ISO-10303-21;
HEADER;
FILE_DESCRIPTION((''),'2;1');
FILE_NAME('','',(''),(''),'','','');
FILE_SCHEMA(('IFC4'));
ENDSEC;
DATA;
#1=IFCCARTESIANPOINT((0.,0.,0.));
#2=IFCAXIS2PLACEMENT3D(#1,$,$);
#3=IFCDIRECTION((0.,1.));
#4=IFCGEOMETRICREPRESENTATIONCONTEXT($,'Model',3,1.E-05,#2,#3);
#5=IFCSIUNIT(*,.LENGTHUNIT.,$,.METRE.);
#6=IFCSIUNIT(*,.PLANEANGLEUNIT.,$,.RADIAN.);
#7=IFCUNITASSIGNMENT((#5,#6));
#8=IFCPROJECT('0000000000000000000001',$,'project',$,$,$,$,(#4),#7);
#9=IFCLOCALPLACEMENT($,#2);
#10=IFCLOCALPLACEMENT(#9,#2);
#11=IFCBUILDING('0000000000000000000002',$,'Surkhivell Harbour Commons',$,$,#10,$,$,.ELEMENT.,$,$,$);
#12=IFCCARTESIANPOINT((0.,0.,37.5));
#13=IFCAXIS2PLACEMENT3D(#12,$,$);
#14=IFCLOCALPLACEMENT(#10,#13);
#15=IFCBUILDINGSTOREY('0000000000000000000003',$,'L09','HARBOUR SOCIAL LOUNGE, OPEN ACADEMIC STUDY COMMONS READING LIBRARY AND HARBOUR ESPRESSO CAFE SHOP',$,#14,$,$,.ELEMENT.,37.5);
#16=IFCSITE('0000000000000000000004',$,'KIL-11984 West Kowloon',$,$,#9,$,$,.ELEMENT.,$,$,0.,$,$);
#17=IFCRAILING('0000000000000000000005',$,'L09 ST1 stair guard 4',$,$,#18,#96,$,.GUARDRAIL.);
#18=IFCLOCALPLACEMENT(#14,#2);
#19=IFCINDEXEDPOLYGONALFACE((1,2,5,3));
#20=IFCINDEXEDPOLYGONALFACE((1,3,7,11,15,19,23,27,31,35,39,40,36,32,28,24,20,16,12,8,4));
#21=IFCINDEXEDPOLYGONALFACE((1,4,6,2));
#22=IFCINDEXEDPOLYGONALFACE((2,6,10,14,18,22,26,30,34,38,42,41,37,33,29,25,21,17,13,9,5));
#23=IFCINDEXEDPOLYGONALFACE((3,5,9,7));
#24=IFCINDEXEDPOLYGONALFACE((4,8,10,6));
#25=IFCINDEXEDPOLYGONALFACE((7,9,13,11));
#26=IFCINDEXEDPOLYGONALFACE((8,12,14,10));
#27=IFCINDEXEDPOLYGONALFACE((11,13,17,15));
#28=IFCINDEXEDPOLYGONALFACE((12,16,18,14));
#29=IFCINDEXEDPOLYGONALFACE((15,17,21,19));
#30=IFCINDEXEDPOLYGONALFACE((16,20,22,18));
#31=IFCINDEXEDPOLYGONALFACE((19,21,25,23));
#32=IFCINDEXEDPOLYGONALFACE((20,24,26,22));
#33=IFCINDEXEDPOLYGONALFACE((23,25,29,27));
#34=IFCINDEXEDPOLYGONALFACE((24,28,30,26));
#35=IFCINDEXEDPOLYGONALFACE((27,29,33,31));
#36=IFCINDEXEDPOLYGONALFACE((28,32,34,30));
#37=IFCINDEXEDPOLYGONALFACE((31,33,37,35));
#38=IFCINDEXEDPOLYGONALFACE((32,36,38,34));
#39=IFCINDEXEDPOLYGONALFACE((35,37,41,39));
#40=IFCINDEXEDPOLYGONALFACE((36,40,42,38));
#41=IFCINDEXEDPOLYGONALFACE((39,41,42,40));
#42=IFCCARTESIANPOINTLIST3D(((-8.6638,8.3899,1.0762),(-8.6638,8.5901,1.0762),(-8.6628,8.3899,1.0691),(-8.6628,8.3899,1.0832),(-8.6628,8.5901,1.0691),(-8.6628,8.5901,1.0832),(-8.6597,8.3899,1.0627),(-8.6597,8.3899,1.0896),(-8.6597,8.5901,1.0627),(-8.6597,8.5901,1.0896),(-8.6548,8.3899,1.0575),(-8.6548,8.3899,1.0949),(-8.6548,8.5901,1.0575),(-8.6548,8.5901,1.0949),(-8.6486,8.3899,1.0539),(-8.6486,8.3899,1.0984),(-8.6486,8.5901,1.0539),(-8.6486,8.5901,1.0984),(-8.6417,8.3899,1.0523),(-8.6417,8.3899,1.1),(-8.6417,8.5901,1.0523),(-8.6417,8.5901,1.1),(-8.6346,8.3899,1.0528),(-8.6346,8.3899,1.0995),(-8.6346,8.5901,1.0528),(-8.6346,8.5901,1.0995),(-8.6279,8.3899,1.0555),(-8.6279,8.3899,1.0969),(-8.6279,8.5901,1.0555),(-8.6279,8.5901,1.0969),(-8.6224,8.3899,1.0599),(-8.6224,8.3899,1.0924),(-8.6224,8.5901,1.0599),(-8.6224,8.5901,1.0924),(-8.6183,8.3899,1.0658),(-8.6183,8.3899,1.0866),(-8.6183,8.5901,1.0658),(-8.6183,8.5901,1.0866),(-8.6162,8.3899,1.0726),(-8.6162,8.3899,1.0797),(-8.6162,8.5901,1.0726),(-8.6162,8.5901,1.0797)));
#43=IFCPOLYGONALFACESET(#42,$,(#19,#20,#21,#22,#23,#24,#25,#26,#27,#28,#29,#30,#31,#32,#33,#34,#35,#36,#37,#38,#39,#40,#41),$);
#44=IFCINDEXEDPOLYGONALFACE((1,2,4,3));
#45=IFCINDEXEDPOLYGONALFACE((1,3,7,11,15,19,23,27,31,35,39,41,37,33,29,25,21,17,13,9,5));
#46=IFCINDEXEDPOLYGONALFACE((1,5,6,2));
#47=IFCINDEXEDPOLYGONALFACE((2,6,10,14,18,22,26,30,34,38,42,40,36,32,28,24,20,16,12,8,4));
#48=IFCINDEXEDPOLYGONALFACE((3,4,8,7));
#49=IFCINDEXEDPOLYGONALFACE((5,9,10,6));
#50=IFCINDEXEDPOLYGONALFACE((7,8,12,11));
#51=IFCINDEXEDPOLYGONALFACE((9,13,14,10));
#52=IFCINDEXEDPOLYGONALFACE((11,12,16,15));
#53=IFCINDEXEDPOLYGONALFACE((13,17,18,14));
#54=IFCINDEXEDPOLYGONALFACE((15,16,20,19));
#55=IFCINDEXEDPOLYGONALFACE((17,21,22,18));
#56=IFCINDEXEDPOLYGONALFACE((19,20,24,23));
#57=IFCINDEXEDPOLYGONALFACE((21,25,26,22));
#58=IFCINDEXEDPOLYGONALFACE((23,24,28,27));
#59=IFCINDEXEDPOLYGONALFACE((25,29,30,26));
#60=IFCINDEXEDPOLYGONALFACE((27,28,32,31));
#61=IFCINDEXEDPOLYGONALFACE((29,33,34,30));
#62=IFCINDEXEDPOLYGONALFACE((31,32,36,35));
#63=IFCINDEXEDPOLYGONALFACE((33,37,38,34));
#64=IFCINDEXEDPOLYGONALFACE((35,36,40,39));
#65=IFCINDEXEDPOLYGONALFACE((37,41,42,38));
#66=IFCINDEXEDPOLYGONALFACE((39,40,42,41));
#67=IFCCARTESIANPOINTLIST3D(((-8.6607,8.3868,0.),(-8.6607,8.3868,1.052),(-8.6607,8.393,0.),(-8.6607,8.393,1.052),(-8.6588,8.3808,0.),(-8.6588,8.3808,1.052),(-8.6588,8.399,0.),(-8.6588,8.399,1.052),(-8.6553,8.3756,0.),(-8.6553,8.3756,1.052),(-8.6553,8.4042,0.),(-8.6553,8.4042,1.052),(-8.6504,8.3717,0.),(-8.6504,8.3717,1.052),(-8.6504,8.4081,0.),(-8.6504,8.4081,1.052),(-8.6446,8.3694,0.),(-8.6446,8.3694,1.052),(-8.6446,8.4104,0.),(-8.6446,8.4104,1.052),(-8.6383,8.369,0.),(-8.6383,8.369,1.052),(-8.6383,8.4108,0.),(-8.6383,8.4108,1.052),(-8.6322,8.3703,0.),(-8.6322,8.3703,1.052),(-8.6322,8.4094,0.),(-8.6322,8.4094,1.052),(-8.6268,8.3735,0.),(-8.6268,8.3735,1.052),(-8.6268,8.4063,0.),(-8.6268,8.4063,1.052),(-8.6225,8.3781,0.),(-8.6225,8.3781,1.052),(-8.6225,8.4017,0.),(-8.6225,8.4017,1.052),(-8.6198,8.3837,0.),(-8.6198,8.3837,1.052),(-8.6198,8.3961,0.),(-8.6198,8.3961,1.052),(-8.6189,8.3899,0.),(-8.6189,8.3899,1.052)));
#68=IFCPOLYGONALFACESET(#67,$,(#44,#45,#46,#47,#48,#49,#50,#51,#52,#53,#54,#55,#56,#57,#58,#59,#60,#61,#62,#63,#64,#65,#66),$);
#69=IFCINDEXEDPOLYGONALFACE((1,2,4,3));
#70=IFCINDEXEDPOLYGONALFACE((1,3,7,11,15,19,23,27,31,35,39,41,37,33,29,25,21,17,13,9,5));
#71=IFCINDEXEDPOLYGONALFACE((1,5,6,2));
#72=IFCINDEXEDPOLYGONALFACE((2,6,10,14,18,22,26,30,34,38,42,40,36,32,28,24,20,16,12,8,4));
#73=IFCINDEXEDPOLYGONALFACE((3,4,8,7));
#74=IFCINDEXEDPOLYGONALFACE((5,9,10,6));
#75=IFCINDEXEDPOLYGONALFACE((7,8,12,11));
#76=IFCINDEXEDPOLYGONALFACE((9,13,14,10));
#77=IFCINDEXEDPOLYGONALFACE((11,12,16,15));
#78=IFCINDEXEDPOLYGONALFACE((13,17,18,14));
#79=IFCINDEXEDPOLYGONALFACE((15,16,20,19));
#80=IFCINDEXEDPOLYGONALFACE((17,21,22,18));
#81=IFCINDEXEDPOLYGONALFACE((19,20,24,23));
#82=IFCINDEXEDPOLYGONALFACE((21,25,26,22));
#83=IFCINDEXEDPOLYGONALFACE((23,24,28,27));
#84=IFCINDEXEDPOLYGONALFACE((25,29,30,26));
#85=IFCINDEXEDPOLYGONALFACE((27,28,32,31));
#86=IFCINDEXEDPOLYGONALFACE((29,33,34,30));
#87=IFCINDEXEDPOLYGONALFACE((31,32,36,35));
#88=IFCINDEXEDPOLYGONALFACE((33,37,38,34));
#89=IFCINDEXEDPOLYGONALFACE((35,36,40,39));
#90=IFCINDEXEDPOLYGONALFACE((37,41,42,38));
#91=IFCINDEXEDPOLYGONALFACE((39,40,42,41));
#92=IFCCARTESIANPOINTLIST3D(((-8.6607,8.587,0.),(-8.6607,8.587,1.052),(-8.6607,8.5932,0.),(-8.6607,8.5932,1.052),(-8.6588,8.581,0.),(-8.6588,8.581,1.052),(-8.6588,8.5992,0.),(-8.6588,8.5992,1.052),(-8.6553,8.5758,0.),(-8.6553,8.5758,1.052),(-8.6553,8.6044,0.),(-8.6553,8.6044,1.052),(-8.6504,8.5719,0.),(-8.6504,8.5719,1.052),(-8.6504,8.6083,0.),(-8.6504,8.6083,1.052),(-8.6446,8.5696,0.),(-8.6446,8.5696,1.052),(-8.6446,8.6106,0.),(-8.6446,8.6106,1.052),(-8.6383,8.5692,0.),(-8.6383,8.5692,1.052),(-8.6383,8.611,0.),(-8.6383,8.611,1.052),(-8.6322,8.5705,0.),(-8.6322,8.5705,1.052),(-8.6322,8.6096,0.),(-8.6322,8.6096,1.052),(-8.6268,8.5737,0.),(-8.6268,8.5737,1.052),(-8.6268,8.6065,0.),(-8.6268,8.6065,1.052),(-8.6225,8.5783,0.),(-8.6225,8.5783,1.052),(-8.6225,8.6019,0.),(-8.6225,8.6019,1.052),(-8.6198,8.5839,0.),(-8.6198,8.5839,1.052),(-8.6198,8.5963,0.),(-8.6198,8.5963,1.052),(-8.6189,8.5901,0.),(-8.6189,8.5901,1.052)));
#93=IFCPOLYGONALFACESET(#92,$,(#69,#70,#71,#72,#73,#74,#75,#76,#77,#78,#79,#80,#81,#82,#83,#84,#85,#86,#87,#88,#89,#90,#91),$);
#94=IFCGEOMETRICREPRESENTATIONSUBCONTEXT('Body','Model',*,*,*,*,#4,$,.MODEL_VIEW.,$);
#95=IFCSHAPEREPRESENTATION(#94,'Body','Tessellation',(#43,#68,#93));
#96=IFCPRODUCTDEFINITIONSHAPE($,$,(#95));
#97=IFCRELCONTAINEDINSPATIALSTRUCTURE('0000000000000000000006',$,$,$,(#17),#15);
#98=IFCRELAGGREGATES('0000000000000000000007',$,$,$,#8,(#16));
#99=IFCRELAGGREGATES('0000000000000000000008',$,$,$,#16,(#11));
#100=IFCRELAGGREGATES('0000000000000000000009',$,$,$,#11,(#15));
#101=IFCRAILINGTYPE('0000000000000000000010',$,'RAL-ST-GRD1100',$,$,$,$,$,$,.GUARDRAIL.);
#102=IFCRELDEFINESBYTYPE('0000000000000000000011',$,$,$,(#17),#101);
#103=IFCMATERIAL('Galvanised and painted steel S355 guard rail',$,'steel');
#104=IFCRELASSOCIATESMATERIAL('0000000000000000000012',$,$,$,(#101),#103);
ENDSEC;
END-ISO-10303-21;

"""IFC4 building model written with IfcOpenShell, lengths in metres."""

from ifc_helpers import new_model, si_unit, direction, frame, origin, origin_2d, place, context, subcontext, project, spatial, circle, extrude, material, type_object, element, save


model = new_model("IFC4")

# Units and contexts
model_context = context("Model", 3, precision=1e-05, world=origin(), true_north=direction((0.0, 1.0)))
body_context = subcontext(model_context, "Body", "Model", "MODEL_VIEW")
ifc_project = project(units=[si_unit("LENGTHUNIT", "METRE"), si_unit("PLANEANGLEUNIT", "RADIAN")], contexts=[model_context])

# Site, building, storey
site_placement = place(None, origin())
site = spatial("IfcSite", under=ifc_project, at=site_placement, Name="KIL-11984 West Kowloon", CompositionType="ELEMENT", RefElevation=0.0)
building_placement = place(site_placement, origin())
building = spatial("IfcBuilding", under=site, at=building_placement, Name="Surkhivell Harbour Commons", CompositionType="ELEMENT")
storey_placement = place(building_placement, frame((0.0, 0.0, 37.5)))
storey = spatial("IfcBuildingStorey", under=building, at=storey_placement, Name="L09", Description="HARBOUR SOCIAL LOUNGE, OPEN ACADEMIC STUDY COMMONS READING LIBRARY AND HARBOUR ESPRESSO CAFE SHOP", CompositionType="ELEMENT", Elevation=37.5)

# Railing
ifc_material_1 = material(Name="Galvanised and painted steel S355 guard rail", Category="steel")
railing_type_1 = type_object("IfcRailingType", Name="RAL-ST-GRD1100", PredefinedType="GUARDRAIL", material=ifc_material_1)
railing_1_placement = place(storey_placement, frame((-8.6399, 8.3899, 0.0)))
element("IfcRailing", 1, at=railing_1_placement, inside=storey, type_object=railing_type_1, Name="L09 ST1 stair guard 4", PredefinedType="GUARDRAIL", context=body_context, shape_type="SweptSolid", body=[
    extrude(circle(Radius=0.0239, at=origin_2d()), frame((0.0, 0.0, 1.0762), z_axis=(0.0, 1.0, 0.0), x_axis=(-1.0, 0.0, 0.0)), (0.0, 0.0, 1.0), 0.2002),
    extrude(circle(Radius=0.021, at=origin_2d()), origin(), (0.0, 0.0, 1.0), 1.052),
    extrude(circle(Radius=0.021, at=origin_2d()), frame((0.0, 0.2002, 0.0)), (0.0, 0.0, 1.0), 1.052),
])

save(model, "model.ifc")
